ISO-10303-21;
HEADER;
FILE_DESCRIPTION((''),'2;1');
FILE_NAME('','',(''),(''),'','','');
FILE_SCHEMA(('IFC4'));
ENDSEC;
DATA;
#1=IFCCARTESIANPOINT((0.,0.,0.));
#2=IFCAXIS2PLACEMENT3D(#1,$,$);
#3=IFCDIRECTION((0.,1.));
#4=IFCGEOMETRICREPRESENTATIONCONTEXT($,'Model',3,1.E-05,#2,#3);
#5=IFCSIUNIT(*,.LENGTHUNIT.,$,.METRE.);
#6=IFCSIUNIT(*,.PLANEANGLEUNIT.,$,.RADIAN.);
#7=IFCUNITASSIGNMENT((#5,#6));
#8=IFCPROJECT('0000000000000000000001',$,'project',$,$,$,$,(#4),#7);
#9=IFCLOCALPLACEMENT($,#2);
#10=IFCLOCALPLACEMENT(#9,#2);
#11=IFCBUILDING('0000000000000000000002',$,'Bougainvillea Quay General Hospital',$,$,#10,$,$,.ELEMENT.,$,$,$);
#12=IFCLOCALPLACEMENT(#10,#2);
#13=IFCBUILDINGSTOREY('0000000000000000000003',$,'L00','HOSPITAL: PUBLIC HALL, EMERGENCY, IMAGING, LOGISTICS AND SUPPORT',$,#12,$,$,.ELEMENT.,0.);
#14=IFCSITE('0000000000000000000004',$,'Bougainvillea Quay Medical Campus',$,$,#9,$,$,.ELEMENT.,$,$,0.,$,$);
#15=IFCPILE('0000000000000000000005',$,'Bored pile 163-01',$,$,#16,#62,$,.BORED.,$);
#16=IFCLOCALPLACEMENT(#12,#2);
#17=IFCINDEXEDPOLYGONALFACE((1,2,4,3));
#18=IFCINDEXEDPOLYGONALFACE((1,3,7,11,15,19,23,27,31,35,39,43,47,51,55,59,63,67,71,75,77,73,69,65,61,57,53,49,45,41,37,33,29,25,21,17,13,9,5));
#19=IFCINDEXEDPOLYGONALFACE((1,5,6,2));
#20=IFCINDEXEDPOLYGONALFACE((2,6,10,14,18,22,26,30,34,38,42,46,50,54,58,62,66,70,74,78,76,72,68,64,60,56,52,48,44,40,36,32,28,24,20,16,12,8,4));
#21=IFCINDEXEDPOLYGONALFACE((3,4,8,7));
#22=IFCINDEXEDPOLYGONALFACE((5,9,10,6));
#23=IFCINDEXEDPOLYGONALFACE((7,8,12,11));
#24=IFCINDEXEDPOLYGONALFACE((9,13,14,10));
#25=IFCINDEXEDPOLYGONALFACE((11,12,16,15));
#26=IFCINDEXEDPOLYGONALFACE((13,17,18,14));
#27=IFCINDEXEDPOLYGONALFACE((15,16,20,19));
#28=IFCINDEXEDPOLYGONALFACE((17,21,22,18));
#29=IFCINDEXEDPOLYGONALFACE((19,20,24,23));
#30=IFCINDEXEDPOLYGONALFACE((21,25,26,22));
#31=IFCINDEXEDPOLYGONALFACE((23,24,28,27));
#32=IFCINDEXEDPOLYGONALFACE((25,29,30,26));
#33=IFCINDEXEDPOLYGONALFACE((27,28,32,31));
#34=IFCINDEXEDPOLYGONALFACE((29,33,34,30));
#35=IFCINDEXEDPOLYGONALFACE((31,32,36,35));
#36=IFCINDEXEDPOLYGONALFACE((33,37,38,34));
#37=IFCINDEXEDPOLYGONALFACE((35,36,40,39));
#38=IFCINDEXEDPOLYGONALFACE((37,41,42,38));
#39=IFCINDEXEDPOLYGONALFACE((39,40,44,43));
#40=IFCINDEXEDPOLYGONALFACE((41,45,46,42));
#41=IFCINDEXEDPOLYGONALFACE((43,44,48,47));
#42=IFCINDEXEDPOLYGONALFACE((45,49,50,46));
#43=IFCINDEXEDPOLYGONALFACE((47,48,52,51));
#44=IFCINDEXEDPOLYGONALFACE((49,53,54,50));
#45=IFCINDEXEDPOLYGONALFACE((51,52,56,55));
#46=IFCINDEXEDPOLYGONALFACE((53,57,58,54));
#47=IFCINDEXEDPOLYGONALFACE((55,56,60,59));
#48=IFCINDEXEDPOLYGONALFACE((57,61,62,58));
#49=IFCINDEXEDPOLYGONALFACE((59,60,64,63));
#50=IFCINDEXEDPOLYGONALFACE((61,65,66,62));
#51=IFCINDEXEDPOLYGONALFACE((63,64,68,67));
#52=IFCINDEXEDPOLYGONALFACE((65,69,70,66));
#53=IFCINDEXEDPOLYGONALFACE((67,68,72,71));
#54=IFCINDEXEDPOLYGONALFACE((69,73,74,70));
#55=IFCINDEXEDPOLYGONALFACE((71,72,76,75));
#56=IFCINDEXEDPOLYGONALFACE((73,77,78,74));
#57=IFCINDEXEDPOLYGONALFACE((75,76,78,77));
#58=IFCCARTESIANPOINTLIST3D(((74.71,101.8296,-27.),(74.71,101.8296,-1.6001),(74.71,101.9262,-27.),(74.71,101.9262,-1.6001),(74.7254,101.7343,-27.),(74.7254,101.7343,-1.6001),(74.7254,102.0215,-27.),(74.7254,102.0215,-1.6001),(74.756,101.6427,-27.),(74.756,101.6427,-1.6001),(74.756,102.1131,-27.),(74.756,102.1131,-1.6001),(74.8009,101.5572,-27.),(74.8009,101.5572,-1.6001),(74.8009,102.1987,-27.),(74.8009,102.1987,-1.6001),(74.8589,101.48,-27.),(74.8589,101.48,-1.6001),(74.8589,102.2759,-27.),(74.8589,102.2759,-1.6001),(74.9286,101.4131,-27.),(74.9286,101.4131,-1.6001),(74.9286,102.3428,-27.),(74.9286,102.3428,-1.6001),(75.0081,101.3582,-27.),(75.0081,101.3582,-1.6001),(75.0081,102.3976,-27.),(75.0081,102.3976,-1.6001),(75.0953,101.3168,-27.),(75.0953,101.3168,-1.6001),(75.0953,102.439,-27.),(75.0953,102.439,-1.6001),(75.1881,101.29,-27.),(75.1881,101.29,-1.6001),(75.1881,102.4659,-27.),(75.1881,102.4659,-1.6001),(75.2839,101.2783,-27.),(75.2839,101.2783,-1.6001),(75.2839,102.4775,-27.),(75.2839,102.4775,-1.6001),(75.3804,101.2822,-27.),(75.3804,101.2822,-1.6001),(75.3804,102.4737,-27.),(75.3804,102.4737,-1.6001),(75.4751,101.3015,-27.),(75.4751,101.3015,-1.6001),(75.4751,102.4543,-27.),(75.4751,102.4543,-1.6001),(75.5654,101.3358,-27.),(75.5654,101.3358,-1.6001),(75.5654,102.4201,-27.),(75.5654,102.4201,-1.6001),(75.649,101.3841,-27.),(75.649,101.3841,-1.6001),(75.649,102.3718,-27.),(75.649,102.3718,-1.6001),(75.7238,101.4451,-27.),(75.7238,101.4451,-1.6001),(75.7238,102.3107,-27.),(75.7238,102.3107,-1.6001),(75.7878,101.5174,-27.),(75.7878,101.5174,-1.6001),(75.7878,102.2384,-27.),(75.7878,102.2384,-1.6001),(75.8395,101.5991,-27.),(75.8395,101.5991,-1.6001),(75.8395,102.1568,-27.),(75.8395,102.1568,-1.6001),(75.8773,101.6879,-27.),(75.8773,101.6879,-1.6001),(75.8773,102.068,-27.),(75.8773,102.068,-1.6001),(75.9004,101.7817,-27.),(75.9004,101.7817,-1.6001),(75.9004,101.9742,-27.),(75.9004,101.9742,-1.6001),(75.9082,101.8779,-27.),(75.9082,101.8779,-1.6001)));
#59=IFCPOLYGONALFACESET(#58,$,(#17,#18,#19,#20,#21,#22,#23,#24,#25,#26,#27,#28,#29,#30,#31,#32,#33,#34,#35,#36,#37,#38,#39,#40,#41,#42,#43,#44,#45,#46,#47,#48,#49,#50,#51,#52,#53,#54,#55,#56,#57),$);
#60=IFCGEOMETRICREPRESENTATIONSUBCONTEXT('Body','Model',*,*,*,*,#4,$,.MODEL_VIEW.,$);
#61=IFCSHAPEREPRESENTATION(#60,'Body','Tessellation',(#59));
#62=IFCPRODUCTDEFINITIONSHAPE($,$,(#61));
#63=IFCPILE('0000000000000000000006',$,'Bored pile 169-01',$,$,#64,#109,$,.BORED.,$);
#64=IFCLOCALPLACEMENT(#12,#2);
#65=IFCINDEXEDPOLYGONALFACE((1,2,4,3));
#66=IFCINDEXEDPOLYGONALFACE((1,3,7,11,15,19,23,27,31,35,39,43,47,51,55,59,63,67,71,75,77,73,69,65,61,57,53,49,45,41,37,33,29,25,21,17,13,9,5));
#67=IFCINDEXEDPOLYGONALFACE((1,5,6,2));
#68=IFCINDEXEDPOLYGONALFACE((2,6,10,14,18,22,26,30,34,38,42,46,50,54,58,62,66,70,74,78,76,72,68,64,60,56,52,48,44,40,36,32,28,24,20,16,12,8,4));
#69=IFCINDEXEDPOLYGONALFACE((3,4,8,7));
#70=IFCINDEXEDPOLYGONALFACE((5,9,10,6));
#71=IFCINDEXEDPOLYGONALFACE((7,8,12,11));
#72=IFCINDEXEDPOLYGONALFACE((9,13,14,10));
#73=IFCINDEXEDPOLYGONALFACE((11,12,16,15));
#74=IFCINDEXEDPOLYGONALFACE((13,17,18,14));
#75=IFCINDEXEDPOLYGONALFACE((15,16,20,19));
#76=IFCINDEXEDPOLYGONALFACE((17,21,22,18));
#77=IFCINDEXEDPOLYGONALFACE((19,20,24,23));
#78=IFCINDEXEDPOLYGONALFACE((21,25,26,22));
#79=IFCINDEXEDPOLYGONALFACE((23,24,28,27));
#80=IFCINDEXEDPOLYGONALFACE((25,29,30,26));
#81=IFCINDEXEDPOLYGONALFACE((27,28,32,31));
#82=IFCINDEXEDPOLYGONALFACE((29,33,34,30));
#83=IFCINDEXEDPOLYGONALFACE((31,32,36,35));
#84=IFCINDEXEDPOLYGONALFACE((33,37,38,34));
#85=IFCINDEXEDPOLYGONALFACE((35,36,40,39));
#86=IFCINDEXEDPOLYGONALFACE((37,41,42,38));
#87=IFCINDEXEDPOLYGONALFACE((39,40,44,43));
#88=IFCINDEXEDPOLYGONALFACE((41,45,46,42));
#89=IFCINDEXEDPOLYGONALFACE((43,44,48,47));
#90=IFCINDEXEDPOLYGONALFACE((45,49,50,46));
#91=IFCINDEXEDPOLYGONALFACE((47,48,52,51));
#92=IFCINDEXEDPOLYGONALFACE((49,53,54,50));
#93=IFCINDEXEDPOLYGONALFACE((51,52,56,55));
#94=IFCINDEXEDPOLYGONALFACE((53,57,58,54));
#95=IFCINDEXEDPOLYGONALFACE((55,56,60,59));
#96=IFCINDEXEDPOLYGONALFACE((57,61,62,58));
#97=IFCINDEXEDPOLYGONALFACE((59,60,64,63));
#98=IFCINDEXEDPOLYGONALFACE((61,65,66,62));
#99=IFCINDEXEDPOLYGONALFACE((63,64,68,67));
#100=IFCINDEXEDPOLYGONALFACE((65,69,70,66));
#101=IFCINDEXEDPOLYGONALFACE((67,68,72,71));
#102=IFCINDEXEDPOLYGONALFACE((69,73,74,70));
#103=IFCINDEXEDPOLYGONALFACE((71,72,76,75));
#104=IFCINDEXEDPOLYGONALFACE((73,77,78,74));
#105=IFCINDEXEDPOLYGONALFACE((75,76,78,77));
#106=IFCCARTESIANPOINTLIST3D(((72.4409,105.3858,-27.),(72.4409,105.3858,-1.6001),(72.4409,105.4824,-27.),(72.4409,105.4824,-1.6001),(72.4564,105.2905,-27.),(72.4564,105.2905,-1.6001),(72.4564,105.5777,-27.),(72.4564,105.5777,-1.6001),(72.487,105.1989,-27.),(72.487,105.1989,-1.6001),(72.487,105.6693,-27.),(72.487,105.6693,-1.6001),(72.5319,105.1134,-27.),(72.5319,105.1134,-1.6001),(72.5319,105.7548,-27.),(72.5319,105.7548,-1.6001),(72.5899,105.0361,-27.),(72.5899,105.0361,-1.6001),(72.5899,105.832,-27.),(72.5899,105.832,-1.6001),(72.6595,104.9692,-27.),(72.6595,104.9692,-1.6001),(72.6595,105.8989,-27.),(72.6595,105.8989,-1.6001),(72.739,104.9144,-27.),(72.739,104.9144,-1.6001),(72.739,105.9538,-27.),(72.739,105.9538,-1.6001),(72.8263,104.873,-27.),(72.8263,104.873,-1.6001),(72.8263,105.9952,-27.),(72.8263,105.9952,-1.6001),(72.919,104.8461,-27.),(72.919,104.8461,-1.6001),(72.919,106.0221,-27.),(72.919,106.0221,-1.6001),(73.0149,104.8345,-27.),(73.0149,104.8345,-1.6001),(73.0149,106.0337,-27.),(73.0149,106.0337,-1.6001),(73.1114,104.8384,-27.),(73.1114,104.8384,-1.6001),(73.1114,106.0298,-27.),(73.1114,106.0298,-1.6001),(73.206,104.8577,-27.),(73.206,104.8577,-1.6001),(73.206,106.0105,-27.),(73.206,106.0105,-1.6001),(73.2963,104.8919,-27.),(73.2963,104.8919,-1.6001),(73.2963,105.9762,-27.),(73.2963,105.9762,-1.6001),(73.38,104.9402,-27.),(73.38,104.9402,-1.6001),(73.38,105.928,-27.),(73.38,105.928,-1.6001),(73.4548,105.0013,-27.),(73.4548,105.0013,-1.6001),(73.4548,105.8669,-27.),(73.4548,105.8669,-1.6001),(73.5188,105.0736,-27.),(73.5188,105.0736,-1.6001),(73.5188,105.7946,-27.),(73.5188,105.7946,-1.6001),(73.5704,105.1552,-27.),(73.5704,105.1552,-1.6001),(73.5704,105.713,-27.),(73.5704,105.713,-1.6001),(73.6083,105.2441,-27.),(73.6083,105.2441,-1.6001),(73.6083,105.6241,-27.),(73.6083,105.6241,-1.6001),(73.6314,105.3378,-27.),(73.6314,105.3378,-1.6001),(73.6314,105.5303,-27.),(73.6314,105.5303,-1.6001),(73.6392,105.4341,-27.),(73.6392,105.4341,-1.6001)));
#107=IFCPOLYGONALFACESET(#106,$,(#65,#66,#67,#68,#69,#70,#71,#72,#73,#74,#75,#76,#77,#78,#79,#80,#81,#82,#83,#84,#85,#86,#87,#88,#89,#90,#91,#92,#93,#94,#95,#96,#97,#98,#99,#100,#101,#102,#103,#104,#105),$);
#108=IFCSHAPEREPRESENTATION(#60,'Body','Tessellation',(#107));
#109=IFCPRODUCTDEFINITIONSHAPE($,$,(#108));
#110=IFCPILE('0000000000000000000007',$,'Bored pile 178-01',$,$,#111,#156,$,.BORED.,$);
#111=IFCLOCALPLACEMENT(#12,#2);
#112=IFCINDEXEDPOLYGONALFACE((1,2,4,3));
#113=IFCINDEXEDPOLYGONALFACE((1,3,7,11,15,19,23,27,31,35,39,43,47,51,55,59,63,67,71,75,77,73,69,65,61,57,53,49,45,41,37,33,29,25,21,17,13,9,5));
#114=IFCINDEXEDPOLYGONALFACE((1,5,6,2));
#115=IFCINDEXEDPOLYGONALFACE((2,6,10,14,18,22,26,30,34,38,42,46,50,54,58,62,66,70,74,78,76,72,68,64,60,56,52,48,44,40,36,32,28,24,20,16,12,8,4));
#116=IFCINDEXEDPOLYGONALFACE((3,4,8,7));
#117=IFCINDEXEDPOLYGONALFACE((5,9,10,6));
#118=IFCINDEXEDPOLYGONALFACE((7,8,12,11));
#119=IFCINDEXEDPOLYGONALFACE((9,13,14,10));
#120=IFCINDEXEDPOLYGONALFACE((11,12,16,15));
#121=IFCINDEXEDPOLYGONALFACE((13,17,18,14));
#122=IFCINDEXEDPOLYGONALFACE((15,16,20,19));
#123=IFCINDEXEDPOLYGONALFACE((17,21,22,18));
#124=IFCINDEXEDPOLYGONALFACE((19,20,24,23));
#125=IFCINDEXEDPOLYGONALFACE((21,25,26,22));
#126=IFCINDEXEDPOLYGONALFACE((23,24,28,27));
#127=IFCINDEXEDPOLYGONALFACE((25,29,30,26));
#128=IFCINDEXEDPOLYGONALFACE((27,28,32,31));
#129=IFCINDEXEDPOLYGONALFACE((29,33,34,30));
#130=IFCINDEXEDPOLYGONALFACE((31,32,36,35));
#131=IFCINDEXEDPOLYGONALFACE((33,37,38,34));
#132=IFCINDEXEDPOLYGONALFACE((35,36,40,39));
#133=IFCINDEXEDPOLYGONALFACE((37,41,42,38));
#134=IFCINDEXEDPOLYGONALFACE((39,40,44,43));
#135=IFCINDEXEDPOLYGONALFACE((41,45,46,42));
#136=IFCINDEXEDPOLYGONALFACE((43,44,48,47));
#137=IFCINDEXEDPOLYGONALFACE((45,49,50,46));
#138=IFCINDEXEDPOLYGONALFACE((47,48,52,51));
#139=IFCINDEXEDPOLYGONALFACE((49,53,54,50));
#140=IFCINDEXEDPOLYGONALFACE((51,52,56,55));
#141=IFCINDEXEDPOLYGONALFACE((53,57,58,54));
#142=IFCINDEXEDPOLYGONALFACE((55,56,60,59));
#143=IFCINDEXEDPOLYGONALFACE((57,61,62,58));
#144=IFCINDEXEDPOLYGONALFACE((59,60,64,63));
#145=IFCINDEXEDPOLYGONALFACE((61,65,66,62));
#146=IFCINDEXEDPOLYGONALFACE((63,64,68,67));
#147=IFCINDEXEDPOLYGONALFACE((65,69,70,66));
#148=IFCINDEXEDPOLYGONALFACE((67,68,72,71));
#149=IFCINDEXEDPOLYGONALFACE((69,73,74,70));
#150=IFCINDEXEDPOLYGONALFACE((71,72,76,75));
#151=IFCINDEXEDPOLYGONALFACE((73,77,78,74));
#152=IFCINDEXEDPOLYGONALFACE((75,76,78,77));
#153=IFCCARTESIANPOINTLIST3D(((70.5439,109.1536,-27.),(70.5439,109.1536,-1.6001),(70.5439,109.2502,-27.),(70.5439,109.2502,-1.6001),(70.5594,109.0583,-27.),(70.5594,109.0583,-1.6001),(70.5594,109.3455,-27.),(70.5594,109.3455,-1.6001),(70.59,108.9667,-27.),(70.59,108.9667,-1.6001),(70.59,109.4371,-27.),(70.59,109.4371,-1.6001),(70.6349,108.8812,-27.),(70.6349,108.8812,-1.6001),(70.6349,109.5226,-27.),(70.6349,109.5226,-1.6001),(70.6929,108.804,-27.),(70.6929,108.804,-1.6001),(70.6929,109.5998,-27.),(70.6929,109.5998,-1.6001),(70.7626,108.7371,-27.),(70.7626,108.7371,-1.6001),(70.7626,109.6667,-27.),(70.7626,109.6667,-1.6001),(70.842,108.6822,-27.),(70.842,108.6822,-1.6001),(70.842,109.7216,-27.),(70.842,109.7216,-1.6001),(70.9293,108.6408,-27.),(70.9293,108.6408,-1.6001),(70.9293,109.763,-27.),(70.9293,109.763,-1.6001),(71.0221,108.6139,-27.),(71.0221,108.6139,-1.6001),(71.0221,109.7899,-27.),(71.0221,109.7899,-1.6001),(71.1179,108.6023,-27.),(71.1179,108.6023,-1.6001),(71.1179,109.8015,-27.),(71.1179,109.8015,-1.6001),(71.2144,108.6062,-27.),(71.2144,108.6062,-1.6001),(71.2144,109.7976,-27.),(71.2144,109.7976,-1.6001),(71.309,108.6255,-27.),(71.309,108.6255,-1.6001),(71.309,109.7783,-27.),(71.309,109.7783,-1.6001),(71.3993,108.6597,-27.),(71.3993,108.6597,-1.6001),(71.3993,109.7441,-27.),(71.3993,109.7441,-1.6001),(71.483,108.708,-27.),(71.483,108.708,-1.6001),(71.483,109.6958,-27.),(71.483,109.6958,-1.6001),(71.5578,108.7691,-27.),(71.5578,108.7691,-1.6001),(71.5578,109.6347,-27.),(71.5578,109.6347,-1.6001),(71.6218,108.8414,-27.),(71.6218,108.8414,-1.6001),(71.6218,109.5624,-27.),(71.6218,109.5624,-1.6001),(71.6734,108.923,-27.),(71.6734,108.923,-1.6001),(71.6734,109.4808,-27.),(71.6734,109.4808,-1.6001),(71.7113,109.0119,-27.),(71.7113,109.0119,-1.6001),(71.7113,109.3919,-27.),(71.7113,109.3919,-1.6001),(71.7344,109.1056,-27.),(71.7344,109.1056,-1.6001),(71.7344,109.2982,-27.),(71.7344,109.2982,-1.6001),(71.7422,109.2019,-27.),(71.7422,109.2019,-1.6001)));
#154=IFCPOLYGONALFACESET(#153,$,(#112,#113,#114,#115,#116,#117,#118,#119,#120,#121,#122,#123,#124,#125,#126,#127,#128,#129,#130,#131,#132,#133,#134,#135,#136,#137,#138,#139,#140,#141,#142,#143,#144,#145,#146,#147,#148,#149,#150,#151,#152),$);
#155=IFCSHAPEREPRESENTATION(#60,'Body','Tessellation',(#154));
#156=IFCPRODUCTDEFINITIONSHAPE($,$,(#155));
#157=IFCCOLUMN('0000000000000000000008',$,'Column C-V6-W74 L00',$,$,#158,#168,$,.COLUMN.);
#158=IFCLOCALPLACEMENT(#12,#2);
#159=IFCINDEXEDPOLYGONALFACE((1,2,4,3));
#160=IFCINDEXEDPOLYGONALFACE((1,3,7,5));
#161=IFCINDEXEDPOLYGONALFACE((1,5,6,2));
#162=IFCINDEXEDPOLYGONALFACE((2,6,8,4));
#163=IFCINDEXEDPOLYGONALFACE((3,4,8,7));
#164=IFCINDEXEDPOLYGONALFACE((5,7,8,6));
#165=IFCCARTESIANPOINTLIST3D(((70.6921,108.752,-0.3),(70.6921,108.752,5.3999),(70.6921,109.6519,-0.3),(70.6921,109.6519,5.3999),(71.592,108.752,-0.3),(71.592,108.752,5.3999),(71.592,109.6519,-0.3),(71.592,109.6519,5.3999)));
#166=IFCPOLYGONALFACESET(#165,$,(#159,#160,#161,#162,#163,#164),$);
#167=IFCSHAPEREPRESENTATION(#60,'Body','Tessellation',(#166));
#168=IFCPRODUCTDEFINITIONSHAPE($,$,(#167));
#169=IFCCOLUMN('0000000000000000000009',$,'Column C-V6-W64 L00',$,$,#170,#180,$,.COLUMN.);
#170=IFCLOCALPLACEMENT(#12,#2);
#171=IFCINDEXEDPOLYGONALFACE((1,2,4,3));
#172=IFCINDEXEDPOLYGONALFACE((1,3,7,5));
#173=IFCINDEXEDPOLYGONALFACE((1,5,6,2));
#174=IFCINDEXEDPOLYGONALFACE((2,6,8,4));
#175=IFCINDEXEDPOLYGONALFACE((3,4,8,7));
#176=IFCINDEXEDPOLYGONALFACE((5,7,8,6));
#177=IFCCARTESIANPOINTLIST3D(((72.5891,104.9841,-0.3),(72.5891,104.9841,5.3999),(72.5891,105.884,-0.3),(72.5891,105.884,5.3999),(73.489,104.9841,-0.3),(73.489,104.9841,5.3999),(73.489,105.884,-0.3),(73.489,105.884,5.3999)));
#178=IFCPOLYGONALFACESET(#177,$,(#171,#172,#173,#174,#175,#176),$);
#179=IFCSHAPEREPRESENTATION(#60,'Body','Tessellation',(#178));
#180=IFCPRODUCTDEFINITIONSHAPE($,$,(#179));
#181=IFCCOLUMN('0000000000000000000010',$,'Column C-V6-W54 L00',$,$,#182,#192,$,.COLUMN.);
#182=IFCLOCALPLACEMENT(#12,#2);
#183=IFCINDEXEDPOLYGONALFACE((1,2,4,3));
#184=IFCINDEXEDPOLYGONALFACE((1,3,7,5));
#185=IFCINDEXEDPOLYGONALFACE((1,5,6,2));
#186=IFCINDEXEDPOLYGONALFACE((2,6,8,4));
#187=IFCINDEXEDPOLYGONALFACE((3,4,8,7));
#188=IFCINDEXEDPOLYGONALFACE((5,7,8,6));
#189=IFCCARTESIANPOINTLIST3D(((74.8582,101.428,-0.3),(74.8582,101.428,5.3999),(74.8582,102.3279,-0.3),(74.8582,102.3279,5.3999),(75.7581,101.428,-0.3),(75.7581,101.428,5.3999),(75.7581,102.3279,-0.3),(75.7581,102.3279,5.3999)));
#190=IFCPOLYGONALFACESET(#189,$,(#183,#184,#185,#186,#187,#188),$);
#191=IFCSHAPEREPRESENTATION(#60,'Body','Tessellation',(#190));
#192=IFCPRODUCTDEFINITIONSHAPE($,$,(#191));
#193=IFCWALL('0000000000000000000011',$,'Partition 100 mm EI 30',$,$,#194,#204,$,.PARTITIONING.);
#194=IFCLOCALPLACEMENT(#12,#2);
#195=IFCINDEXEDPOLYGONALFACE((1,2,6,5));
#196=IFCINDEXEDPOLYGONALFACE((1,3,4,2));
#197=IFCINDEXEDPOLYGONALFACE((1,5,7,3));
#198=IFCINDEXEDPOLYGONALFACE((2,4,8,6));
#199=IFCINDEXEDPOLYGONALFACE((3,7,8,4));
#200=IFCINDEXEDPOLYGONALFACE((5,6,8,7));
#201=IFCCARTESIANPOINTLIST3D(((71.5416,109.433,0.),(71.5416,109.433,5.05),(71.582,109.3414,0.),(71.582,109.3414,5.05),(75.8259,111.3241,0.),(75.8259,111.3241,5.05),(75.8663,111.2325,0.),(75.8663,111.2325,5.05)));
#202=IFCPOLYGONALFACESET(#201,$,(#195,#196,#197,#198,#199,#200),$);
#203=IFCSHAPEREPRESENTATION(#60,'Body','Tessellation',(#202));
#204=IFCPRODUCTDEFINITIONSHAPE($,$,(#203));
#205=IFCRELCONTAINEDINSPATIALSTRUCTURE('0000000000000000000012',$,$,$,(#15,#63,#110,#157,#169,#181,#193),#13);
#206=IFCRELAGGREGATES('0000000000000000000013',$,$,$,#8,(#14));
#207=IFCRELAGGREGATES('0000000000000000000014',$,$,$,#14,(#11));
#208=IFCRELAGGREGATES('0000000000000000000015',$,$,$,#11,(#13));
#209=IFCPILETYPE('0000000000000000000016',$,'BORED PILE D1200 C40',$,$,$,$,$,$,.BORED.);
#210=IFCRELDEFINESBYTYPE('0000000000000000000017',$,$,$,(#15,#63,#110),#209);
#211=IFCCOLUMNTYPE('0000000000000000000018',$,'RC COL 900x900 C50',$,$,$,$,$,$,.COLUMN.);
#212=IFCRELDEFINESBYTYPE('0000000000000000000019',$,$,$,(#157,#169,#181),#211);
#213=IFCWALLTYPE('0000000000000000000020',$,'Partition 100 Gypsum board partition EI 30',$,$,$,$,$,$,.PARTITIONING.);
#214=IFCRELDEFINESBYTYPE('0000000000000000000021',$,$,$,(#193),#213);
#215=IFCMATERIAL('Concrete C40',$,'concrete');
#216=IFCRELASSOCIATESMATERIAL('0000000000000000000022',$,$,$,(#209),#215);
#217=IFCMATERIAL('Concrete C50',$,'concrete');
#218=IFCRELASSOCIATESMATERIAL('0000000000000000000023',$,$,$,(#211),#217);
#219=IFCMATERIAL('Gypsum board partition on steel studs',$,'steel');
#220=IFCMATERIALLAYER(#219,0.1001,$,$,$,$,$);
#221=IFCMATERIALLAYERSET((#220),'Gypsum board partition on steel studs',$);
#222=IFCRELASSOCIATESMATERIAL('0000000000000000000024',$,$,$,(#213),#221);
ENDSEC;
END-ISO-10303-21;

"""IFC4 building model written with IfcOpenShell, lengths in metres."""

from ifc_helpers import new_model, si_unit, direction, frame, frame_2d, origin, origin_2d, place, context, subcontext, project, spatial, rectangle, circle, extrude, material, layer, layer_set, material_profile, profile_set, type_object, element, save


model = new_model("IFC4")

# Units and contexts
model_context = context("Model", 3, precision=1e-05, world=origin(), true_north=direction((0.0, 1.0)))
body_context = subcontext(model_context, "Body", "Model", "MODEL_VIEW")
ifc_project = project(units=[si_unit("LENGTHUNIT", "METRE"), si_unit("PLANEANGLEUNIT", "RADIAN")], contexts=[model_context])

# Site, building, storey
site_placement = place(None, origin())
site = spatial("IfcSite", under=ifc_project, at=site_placement, Name="Bougainvillea Quay Medical Campus", CompositionType="ELEMENT", RefElevation=0.0)
building_placement = place(site_placement, origin())
building = spatial("IfcBuilding", under=site, at=building_placement, Name="Bougainvillea Quay General Hospital", CompositionType="ELEMENT")
storey_placement = place(building_placement, origin())
storey = spatial("IfcBuildingStorey", under=building, at=storey_placement, Name="L00", Description="HOSPITAL: PUBLIC HALL, EMERGENCY, IMAGING, LOGISTICS AND SUPPORT", CompositionType="ELEMENT", Elevation=0.0)

# Piles
ifc_material_1 = material(Name="Concrete C40", Category="concrete")
ifc_material_profile_1 = material_profile(ifc_material_1, circle(Radius=0.6001, at=origin_2d()))
ifc_profile_set_1 = profile_set([ifc_material_profile_1], Name="Concrete C40")
pile_type = type_object("IfcPileType", Name="BORED PILE D1200 C40", PredefinedType="BORED", material=ifc_profile_set_1)
for number, where, z_axis, x_axis, name in (
    (1, (75.3081, 101.8779, -1.6001), (0.0, 0.0, -1.0), (1.0, 0.0, 0.0), "Bored pile 163-01"),
    (2, (73.0391, 105.4341, -1.6001), (0.0, 0.0, -1.0), (1.0, 0.0, 0.0), "Bored pile 169-01"),
    (3, (71.1421, 109.2019, -1.6001), (0.0, 0.0, -1.0), (1.0, 0.0, 0.0), "Bored pile 178-01"),
):
    element("IfcPile", number, at=place(storey_placement, frame(where, z_axis=z_axis, x_axis=x_axis)), inside=storey, type_object=pile_type, Name=name, PredefinedType="BORED", context=body_context, shape_type="SweptSolid", body=[
        extrude(circle(Radius=0.6001, at=origin_2d()), origin(), (0.0, 0.0, 1.0), 25.3999),
    ])

# Columns
ifc_material_2 = material(Name="Concrete C50", Category="concrete")
ifc_material_profile_2 = material_profile(ifc_material_2, rectangle(XDim=0.8999, YDim=0.8999, at=origin_2d()))
ifc_profile_set_2 = profile_set([ifc_material_profile_2], Name="Concrete C50")
column_type = type_object("IfcColumnType", Name="RC COL 900x900 C50", PredefinedType="COLUMN", material=ifc_profile_set_2)
for number, where, z_axis, x_axis, name in (
    (4, (71.1421, 109.2019, -0.3), (0.0, 0.0, 1.0), (1.0, 0.0, 0.0), "Column C-V6-W74 L00"),
    (5, (73.0391, 105.4341, -0.3), (0.0, 0.0, 1.0), (1.0, 0.0, 0.0), "Column C-V6-W64 L00"),
    (6, (75.3081, 101.8779, -0.3), (0.0, 0.0, 1.0), (1.0, 0.0, 0.0), "Column C-V6-W54 L00"),
):
    element("IfcColumn", number, at=place(storey_placement, frame(where, z_axis=z_axis, x_axis=x_axis)), inside=storey, type_object=column_type, Name=name, PredefinedType="COLUMN", context=body_context, shape_type="SweptSolid", body=[
        extrude(rectangle(XDim=0.8999, YDim=0.8999, at=origin_2d()), origin(), (0.0, 0.0, 1.0), 5.7),
    ])

# Wall
ifc_material_3 = material(Name="Gypsum board partition on steel studs", Category="steel")
ifc_layer_1 = layer(ifc_material_3, 0.1001)
ifc_layer_set_1 = layer_set([ifc_layer_1], Name="Gypsum board partition on steel studs")
wall_type_1 = type_object("IfcWallType", Name="Partition 100 Gypsum board partition EI 30", PredefinedType="PARTITIONING", material=ifc_layer_set_1)
wall_1_placement = place(storey_placement, frame((71.5618, 109.3872, 0.0), z_axis=(0.0, 0.0, 1.0), x_axis=(0.914845, 0.403806, 0.0)))
element("IfcWall", 7, at=wall_1_placement, inside=storey, type_object=wall_type_1, Name="Partition 100 mm EI 30", PredefinedType="PARTITIONING", context=body_context, shape_type="SweptSolid", body=[
    extrude(rectangle(XDim=4.6831, YDim=0.1001, at=frame_2d((2.3416, 0.0))), origin(), (0.0, 0.0, 1.0), 5.05),
])

save(model, "model.ifc")
